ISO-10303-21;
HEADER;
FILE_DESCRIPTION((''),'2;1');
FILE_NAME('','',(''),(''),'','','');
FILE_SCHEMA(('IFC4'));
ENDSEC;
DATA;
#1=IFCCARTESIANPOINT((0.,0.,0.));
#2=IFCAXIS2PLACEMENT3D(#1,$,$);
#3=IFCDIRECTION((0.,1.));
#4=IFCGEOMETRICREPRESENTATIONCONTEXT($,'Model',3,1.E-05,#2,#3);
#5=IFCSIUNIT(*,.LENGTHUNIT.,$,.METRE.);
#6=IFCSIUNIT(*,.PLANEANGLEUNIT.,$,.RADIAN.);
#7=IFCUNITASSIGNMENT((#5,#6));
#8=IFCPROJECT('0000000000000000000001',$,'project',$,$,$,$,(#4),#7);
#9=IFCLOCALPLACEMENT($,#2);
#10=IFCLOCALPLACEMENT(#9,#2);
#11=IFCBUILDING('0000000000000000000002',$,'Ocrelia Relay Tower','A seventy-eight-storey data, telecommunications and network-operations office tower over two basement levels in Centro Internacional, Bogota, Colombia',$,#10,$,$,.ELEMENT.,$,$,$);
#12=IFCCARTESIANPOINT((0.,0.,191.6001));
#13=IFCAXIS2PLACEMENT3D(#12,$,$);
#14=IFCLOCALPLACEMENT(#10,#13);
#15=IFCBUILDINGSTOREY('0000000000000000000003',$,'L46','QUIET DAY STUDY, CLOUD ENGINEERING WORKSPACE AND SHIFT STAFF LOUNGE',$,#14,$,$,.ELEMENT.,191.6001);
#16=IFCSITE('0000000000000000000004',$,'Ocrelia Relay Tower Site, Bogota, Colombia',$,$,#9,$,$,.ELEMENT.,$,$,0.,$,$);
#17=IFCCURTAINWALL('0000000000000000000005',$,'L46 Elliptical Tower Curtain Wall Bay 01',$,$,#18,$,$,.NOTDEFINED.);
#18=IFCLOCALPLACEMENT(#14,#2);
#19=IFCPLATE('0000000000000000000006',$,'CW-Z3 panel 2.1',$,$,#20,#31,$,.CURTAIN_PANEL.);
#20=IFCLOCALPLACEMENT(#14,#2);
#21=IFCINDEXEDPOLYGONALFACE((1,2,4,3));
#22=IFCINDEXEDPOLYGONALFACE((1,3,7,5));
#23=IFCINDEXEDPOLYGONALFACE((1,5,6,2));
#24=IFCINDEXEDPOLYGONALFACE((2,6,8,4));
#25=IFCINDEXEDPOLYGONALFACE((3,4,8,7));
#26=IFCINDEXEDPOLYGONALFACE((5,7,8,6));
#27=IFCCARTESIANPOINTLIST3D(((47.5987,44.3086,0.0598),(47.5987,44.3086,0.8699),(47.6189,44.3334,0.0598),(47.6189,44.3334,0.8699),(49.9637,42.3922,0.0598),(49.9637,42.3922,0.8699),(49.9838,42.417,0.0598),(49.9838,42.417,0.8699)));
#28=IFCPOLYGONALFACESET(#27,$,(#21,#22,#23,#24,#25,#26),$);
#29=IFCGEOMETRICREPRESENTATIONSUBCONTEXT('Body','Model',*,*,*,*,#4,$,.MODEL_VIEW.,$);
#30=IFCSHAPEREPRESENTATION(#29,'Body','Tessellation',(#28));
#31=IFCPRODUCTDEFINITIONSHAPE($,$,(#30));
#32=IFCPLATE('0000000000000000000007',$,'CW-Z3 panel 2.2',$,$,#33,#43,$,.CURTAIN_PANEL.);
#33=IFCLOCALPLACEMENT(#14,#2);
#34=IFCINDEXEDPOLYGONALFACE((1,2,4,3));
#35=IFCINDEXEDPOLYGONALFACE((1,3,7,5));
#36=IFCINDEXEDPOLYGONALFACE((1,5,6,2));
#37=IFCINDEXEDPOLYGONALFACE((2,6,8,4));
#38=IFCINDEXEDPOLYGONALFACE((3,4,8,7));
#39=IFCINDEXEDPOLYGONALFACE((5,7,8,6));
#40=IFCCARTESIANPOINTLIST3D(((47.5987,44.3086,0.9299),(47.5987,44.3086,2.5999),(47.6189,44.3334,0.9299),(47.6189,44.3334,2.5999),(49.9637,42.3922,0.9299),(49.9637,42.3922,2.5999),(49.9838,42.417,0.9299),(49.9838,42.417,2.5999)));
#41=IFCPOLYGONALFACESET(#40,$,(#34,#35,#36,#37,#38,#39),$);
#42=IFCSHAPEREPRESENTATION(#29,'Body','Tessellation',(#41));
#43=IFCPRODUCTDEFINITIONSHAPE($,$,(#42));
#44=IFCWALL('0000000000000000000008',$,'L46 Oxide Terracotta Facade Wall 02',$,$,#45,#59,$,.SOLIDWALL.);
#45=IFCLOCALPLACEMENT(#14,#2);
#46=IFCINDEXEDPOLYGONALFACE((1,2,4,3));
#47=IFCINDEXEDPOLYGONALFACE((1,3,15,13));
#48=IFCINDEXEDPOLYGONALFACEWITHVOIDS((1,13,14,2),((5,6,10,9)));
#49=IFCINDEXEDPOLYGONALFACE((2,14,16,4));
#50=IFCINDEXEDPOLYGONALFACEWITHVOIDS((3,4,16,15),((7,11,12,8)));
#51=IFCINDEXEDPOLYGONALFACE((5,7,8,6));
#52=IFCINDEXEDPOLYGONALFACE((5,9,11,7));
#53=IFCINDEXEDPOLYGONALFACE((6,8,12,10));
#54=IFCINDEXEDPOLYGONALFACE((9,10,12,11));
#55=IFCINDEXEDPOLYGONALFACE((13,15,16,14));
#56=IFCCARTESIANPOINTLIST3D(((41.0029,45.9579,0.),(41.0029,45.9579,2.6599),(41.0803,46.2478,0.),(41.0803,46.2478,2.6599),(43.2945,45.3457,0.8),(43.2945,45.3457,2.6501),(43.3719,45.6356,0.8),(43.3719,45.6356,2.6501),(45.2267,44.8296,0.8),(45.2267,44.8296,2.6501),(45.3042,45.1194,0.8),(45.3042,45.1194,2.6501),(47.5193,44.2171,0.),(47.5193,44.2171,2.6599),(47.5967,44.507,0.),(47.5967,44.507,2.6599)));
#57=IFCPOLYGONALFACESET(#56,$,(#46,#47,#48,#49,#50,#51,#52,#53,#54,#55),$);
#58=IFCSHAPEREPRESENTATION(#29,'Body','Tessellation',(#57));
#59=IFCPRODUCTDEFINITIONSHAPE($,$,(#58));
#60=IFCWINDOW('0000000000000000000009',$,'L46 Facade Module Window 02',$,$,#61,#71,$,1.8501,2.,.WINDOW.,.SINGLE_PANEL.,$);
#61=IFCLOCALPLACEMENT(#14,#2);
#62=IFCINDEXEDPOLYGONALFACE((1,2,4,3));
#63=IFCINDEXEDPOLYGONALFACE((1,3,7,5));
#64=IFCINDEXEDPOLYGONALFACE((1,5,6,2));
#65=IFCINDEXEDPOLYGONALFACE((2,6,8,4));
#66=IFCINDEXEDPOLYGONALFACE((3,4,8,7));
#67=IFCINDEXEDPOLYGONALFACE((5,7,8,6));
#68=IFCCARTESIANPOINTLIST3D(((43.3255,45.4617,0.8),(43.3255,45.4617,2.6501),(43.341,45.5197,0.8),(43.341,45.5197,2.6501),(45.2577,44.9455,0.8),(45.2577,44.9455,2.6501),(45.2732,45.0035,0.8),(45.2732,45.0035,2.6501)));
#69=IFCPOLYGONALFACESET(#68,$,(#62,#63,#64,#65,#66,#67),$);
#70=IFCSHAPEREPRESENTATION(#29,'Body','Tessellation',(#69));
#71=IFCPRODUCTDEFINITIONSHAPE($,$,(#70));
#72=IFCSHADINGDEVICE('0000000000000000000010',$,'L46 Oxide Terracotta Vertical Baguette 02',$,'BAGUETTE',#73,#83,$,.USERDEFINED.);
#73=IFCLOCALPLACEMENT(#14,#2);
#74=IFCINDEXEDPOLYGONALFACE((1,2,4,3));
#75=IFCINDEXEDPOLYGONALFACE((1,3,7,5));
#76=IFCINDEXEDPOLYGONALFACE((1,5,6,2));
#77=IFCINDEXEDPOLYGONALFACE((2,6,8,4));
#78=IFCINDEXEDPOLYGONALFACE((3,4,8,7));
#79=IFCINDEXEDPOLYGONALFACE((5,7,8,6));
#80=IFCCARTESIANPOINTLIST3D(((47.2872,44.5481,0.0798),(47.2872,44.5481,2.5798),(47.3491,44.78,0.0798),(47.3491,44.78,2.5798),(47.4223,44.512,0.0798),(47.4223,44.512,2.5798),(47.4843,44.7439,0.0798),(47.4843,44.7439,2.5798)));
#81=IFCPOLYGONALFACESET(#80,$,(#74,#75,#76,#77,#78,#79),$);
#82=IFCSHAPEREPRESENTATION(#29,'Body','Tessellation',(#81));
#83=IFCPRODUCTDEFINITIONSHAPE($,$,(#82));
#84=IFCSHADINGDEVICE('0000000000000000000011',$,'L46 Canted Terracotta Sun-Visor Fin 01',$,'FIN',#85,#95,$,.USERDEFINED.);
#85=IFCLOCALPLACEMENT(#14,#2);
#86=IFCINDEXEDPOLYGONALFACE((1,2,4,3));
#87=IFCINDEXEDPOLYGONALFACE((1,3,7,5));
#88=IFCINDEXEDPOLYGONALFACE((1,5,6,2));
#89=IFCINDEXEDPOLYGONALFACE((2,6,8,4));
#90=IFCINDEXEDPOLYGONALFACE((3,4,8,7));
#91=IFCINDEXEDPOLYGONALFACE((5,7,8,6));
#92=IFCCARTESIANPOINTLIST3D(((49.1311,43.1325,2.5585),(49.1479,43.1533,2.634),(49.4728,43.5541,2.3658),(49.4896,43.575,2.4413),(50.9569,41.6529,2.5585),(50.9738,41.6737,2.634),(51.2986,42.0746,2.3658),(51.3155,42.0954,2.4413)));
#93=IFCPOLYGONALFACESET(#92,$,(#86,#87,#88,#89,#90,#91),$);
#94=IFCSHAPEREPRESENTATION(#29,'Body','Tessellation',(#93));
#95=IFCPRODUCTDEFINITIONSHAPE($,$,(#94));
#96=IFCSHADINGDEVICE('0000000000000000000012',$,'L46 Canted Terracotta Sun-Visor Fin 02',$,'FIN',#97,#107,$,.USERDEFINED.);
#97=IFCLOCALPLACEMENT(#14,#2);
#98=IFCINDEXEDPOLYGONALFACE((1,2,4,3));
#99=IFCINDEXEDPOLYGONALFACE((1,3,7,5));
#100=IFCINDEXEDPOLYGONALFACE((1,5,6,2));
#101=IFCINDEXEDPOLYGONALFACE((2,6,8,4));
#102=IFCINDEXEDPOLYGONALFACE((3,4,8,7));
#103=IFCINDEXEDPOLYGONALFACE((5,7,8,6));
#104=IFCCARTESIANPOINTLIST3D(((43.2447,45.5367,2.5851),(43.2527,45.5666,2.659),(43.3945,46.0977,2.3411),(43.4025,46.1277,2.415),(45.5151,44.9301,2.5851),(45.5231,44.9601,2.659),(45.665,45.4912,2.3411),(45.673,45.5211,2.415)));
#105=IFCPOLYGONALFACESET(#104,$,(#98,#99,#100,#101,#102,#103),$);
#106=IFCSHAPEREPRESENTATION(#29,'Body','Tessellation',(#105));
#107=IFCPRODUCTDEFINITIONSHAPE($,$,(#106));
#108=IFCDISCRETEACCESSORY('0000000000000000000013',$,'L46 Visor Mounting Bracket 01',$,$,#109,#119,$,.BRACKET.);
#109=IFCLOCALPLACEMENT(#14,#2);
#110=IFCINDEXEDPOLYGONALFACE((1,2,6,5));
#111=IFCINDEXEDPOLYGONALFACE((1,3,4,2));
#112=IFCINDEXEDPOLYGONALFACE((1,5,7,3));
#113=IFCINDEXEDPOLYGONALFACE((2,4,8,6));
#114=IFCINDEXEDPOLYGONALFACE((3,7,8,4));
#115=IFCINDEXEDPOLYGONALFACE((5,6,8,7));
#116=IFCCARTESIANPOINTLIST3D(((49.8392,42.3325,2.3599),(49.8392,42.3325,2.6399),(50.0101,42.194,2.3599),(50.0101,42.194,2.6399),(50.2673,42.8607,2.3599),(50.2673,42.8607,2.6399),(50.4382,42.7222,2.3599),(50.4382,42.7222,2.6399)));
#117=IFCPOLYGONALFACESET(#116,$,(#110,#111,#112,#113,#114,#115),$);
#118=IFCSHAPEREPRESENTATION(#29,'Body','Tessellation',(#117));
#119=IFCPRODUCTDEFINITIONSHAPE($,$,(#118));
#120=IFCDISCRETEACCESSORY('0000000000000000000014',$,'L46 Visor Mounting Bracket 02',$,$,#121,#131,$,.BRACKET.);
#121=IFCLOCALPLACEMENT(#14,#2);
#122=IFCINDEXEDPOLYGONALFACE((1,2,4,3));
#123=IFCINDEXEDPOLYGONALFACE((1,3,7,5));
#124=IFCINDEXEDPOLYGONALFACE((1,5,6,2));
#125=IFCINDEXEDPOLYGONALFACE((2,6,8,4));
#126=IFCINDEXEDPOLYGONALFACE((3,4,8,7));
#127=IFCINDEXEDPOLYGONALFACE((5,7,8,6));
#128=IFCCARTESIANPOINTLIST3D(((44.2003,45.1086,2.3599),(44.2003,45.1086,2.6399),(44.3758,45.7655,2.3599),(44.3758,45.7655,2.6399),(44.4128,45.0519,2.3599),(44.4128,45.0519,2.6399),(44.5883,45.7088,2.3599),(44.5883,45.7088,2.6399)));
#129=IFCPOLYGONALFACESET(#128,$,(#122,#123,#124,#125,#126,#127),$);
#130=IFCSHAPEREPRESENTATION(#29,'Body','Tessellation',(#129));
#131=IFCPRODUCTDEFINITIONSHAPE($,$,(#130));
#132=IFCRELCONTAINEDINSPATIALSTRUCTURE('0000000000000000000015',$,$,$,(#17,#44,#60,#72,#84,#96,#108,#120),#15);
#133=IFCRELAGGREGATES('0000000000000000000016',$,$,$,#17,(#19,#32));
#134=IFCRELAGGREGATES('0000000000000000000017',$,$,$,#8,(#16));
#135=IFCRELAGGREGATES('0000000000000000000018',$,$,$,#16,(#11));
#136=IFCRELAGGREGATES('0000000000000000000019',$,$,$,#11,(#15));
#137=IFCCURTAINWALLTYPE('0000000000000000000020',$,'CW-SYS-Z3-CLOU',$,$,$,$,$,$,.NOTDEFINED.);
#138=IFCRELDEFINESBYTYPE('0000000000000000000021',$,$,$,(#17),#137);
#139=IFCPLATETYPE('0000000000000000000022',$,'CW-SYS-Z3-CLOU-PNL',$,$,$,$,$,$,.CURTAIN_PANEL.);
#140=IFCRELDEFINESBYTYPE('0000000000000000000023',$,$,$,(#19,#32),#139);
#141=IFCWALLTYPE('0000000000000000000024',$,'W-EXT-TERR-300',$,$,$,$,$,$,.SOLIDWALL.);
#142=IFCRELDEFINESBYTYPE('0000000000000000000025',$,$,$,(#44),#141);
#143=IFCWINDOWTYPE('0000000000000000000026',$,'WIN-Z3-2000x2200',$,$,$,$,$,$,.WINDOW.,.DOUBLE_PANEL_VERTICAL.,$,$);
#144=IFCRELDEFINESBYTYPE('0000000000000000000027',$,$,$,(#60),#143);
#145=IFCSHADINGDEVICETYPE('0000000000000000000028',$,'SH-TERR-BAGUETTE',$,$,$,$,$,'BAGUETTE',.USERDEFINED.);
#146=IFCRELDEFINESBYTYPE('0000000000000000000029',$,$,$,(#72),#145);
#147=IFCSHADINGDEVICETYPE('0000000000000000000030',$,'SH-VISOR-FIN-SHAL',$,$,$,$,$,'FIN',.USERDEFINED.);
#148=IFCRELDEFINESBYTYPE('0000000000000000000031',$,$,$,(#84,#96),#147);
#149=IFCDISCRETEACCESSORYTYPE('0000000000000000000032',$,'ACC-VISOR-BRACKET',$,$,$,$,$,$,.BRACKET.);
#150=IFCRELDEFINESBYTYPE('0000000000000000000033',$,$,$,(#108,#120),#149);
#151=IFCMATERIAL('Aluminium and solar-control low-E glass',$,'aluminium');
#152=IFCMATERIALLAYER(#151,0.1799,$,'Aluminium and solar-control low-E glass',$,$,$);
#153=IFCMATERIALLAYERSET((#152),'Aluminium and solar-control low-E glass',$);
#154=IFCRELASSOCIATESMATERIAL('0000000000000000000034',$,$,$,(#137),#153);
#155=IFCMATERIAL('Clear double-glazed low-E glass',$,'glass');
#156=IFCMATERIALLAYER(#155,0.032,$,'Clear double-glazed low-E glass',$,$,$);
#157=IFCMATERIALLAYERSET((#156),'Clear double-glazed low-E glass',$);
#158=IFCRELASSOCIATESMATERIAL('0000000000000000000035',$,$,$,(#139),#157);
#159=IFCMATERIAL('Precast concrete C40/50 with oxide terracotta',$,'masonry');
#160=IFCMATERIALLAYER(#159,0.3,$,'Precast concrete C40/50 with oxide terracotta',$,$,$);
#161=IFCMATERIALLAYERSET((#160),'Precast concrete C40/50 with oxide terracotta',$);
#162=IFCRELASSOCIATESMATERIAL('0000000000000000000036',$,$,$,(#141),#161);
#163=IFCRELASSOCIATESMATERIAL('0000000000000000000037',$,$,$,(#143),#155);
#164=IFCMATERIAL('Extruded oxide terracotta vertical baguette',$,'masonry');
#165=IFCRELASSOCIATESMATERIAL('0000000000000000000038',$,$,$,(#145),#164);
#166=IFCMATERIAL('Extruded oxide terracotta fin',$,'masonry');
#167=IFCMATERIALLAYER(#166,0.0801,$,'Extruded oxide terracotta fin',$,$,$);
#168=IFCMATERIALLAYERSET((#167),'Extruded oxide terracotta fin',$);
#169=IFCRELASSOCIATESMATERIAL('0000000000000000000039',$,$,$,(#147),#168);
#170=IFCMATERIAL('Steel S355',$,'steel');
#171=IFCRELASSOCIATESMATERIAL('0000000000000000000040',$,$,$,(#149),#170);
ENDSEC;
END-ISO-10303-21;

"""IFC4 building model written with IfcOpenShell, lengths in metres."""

from ifc_helpers import new_model, si_unit, direction, frame, frame_2d, origin, origin_2d, place, context, subcontext, project, spatial, rectangle, extrude, material, layer, layer_set, type_object, element, fill, aggregate, save


model = new_model("IFC4")

# Units and contexts
model_context = context("Model", 3, precision=1e-05, world=origin(), true_north=direction((0.0, 1.0)))
body_context = subcontext(model_context, "Body", "Model", "MODEL_VIEW")
ifc_project = project(units=[si_unit("LENGTHUNIT", "METRE"), si_unit("PLANEANGLEUNIT", "RADIAN")], contexts=[model_context])

# Site, building, storey
site_placement = place(None, origin())
site = spatial("IfcSite", under=ifc_project, at=site_placement, Name="Ocrelia Relay Tower Site, Bogota, Colombia", CompositionType="ELEMENT", RefElevation=0.0)
building_placement = place(site_placement, origin())
building = spatial("IfcBuilding", under=site, at=building_placement, Name="Ocrelia Relay Tower", Description="A seventy-eight-storey data, telecommunications and network-operations office tower over two basement levels in Centro Internacional, Bogota, Colombia", CompositionType="ELEMENT")
storey_placement = place(building_placement, frame((0.0, 0.0, 191.6001)))
storey = spatial("IfcBuildingStorey", under=building, at=storey_placement, Name="L46", Description="QUIET DAY STUDY, CLOUD ENGINEERING WORKSPACE AND SHIFT STAFF LOUNGE", CompositionType="ELEMENT", Elevation=191.6001)

# Curtain wall, plates
ifc_material_1 = material(Name="Aluminium and solar-control low-E glass", Category="aluminium")
ifc_layer_1 = layer(ifc_material_1, 0.1799, Name="Aluminium and solar-control low-E glass")
ifc_layer_set_1 = layer_set([ifc_layer_1], Name="Aluminium and solar-control low-E glass")
curtain_wall_type = type_object("IfcCurtainWallType", Name="CW-SYS-Z3-CLOU", PredefinedType="NOTDEFINED", material=ifc_layer_set_1)
curtain_wall_placement = place(storey_placement, origin())
curtain_wall = element("IfcCurtainWall", 1, at=curtain_wall_placement, inside=storey, type_object=curtain_wall_type, Name="L46 Elliptical Tower Curtain Wall Bay 01", PredefinedType="NOTDEFINED")
ifc_material_2 = material(Name="Clear double-glazed low-E glass", Category="glass")
ifc_layer_2 = layer(ifc_material_2, 0.032, Name="Clear double-glazed low-E glass")
ifc_layer_set_2 = layer_set([ifc_layer_2], Name="Clear double-glazed low-E glass")
plate_type = type_object("IfcPlateType", Name="CW-SYS-Z3-CLOU-PNL", PredefinedType="CURTAIN_PANEL", material=ifc_layer_set_2)
plate_1_placement = place(storey_placement, frame((48.7913, 43.3628, 0.0598), z_axis=(0.0, 0.0, 1.0), x_axis=(-0.776936, 0.62958, 0.0)))
plate_1 = element("IfcPlate", 2, at=plate_1_placement, type_object=plate_type, Name="CW-Z3 panel 2.1", PredefinedType="CURTAIN_PANEL", context=body_context, shape_type="SweptSolid", body=[
    extrude(rectangle(XDim=3.0439, YDim=0.032, at=origin_2d()), origin(), (0.0, 0.0, 1.0), 0.8101),
])
plate_2_placement = place(storey_placement, frame((48.7913, 43.3628, 0.9299), z_axis=(0.0, 0.0, 1.0), x_axis=(-0.776936, 0.62958, 0.0)))
plate_2 = element("IfcPlate", 3, at=plate_2_placement, type_object=plate_type, Name="CW-Z3 panel 2.2", PredefinedType="CURTAIN_PANEL", context=body_context, shape_type="SweptSolid", body=[
    extrude(rectangle(XDim=3.0439, YDim=0.032, at=origin_2d()), origin(), (0.0, 0.0, 1.0), 1.6699),
])
aggregate(curtain_wall, [plate_1, plate_2])

# Wall, opening, window
ifc_material_3 = material(Name="Precast concrete C40/50 with oxide terracotta", Category="masonry")
ifc_layer_3 = layer(ifc_material_3, 0.3, Name="Precast concrete C40/50 with oxide terracotta")
ifc_layer_set_3 = layer_set([ifc_layer_3], Name="Precast concrete C40/50 with oxide terracotta")
wall_type = type_object("IfcWallType", Name="W-EXT-TERR-300", PredefinedType="SOLIDWALL", material=ifc_layer_set_3)
wall_placement = place(storey_placement, frame((47.5581, 44.3621, 0.0), z_axis=(0.0, 0.0, 1.0), x_axis=(-0.966123, 0.258082, 0.0)))
wall = element("IfcWall", 4, at=wall_placement, inside=storey, type_object=wall_type, Name="L46 Oxide Terracotta Facade Wall 02", PredefinedType="SOLIDWALL", context=body_context, shape_type="SweptSolid", body=[
    extrude(rectangle(XDim=6.7449, YDim=0.3, at=frame_2d((3.3726, 0.0))), origin(), (0.0, 0.0, 1.0), 2.6599),
])
opening_placement = place(wall_placement, frame((2.373, 0.0, 0.8)))
opening = element("IfcOpeningElement", 5, at=opening_placement, cuts=wall, PredefinedType="OPENING", context=body_context, shape_type="SweptSolid", body=[
    extrude(rectangle(XDim=2.0, YDim=1.8501, at=frame_2d((1.0, 0.925))), frame((0.0, 0.1602, 0.0), z_axis=(0.0, -1.0, 0.0), x_axis=(1.0, 0.0, 0.0)), (0.0, 0.0, 1.0), 0.3201),
])
window_type = type_object("IfcWindowType", Name="WIN-Z3-2000x2200", PartitioningType="DOUBLE_PANEL_VERTICAL", PredefinedType="WINDOW", material=ifc_material_2)
window_placement = place(opening_placement, origin())
window = element("IfcWindow", 6, at=window_placement, inside=storey, type_object=window_type, Name="L46 Facade Module Window 02", OverallHeight=1.8501, OverallWidth=2.0, PartitioningType="SINGLE_PANEL", PredefinedType="WINDOW", context=body_context, shape_type="SweptSolid", body=[
    extrude(rectangle(XDim=2.0, YDim=1.8501, at=frame_2d((1.0, 0.925))), frame((0.0, 0.03, 0.0), z_axis=(0.0, -1.0, 0.0), x_axis=(1.0, 0.0, 0.0)), (0.0, 0.0, 1.0), 0.0601),
])
fill(opening, window)

# Shading devices
ifc_material_4 = material(Name="Extruded oxide terracotta vertical baguette", Category="masonry")
shading_device_type_1 = type_object("IfcShadingDeviceType", Name="SH-TERR-BAGUETTE", ElementType="BAGUETTE", PredefinedType="USERDEFINED", material=ifc_material_4)
shading_device_1_placement = place(storey_placement, frame((47.3857, 44.646, 0.0798), z_axis=(0.0, 0.0, 1.0), x_axis=(-0.966122, 0.258087, 0.0)))
element("IfcShadingDevice", 7, at=shading_device_1_placement, inside=storey, type_object=shading_device_type_1, Name="L46 Oxide Terracotta Vertical Baguette 02", ObjectType="BAGUETTE", PredefinedType="USERDEFINED", context=body_context, shape_type="SweptSolid", body=[
    extrude(rectangle(XDim=0.1399, YDim=0.24, at=origin_2d()), origin(), (0.0, 0.0, 1.0), 2.5),
])
ifc_material_5 = material(Name="Extruded oxide terracotta fin", Category="masonry")
ifc_layer_4 = layer(ifc_material_5, 0.0801, Name="Extruded oxide terracotta fin")
ifc_layer_set_4 = layer_set([ifc_layer_4], Name="Extruded oxide terracotta fin")
shading_device_type_2 = type_object("IfcShadingDeviceType", Name="SH-VISOR-FIN-SHAL", ElementType="FIN", PredefinedType="USERDEFINED", material=ifc_layer_set_4)
shading_device_2_placement = place(storey_placement, frame((50.2148, 42.6035, 2.4622), z_axis=(0.210676, 0.259985, 0.94235), x_axis=(-0.776936, 0.62958, 0.0)))
element("IfcShadingDevice", 8, at=shading_device_2_placement, inside=storey, type_object=shading_device_type_2, Name="L46 Canted Terracotta Sun-Visor Fin 01", ObjectType="FIN", PredefinedType="USERDEFINED", context=body_context, shape_type="SweptSolid", body=[
    extrude(rectangle(XDim=2.3501, YDim=0.5759, at=origin_2d()), origin(), (0.0, 0.0, 1.0), 0.0801),
])
shading_device_3_placement = place(storey_placement, frame((44.4548, 45.5139, 2.4631), z_axis=(0.099971, 0.374232, 0.921931), x_axis=(-0.966122, 0.258087, 0.0)))
element("IfcShadingDevice", 9, at=shading_device_3_placement, inside=storey, type_object=shading_device_type_2, Name="L46 Canted Terracotta Sun-Visor Fin 02", ObjectType="FIN", PredefinedType="USERDEFINED", context=body_context, shape_type="SweptSolid", body=[
    extrude(rectangle(XDim=2.3501, YDim=0.6299, at=origin_2d()), origin(), (0.0, 0.0, 1.0), 0.0801),
])

# Discrete accessories
ifc_material_6 = material(Name="Steel S355", Category="steel")
discrete_accessory_type = type_object("IfcDiscreteAccessoryType", Name="ACC-VISOR-BRACKET", PredefinedType="BRACKET", material=ifc_material_6)
for number, where, z_axis, x_axis, name in (
    (10, (50.1387, 42.5273, 2.3599), (0.0, 0.0, 1.0), (-0.776936, 0.62958, 0.0), "L46 Visor Mounting Bracket 01"),
    (11, (44.3943, 45.4087, 2.3599), (0.0, 0.0, 1.0), (-0.966122, 0.258087, 0.0), "L46 Visor Mounting Bracket 02"),
):
    element("IfcDiscreteAccessory", number, at=place(storey_placement, frame(where, z_axis=z_axis, x_axis=x_axis)), inside=storey, type_object=discrete_accessory_type, Name=name, PredefinedType="BRACKET", context=body_context, shape_type="SweptSolid", body=[
        extrude(rectangle(XDim=0.22, YDim=0.6799, at=origin_2d()), origin(), (0.0, 0.0, 1.0), 0.28),
    ])

save(model, "model.ifc")
